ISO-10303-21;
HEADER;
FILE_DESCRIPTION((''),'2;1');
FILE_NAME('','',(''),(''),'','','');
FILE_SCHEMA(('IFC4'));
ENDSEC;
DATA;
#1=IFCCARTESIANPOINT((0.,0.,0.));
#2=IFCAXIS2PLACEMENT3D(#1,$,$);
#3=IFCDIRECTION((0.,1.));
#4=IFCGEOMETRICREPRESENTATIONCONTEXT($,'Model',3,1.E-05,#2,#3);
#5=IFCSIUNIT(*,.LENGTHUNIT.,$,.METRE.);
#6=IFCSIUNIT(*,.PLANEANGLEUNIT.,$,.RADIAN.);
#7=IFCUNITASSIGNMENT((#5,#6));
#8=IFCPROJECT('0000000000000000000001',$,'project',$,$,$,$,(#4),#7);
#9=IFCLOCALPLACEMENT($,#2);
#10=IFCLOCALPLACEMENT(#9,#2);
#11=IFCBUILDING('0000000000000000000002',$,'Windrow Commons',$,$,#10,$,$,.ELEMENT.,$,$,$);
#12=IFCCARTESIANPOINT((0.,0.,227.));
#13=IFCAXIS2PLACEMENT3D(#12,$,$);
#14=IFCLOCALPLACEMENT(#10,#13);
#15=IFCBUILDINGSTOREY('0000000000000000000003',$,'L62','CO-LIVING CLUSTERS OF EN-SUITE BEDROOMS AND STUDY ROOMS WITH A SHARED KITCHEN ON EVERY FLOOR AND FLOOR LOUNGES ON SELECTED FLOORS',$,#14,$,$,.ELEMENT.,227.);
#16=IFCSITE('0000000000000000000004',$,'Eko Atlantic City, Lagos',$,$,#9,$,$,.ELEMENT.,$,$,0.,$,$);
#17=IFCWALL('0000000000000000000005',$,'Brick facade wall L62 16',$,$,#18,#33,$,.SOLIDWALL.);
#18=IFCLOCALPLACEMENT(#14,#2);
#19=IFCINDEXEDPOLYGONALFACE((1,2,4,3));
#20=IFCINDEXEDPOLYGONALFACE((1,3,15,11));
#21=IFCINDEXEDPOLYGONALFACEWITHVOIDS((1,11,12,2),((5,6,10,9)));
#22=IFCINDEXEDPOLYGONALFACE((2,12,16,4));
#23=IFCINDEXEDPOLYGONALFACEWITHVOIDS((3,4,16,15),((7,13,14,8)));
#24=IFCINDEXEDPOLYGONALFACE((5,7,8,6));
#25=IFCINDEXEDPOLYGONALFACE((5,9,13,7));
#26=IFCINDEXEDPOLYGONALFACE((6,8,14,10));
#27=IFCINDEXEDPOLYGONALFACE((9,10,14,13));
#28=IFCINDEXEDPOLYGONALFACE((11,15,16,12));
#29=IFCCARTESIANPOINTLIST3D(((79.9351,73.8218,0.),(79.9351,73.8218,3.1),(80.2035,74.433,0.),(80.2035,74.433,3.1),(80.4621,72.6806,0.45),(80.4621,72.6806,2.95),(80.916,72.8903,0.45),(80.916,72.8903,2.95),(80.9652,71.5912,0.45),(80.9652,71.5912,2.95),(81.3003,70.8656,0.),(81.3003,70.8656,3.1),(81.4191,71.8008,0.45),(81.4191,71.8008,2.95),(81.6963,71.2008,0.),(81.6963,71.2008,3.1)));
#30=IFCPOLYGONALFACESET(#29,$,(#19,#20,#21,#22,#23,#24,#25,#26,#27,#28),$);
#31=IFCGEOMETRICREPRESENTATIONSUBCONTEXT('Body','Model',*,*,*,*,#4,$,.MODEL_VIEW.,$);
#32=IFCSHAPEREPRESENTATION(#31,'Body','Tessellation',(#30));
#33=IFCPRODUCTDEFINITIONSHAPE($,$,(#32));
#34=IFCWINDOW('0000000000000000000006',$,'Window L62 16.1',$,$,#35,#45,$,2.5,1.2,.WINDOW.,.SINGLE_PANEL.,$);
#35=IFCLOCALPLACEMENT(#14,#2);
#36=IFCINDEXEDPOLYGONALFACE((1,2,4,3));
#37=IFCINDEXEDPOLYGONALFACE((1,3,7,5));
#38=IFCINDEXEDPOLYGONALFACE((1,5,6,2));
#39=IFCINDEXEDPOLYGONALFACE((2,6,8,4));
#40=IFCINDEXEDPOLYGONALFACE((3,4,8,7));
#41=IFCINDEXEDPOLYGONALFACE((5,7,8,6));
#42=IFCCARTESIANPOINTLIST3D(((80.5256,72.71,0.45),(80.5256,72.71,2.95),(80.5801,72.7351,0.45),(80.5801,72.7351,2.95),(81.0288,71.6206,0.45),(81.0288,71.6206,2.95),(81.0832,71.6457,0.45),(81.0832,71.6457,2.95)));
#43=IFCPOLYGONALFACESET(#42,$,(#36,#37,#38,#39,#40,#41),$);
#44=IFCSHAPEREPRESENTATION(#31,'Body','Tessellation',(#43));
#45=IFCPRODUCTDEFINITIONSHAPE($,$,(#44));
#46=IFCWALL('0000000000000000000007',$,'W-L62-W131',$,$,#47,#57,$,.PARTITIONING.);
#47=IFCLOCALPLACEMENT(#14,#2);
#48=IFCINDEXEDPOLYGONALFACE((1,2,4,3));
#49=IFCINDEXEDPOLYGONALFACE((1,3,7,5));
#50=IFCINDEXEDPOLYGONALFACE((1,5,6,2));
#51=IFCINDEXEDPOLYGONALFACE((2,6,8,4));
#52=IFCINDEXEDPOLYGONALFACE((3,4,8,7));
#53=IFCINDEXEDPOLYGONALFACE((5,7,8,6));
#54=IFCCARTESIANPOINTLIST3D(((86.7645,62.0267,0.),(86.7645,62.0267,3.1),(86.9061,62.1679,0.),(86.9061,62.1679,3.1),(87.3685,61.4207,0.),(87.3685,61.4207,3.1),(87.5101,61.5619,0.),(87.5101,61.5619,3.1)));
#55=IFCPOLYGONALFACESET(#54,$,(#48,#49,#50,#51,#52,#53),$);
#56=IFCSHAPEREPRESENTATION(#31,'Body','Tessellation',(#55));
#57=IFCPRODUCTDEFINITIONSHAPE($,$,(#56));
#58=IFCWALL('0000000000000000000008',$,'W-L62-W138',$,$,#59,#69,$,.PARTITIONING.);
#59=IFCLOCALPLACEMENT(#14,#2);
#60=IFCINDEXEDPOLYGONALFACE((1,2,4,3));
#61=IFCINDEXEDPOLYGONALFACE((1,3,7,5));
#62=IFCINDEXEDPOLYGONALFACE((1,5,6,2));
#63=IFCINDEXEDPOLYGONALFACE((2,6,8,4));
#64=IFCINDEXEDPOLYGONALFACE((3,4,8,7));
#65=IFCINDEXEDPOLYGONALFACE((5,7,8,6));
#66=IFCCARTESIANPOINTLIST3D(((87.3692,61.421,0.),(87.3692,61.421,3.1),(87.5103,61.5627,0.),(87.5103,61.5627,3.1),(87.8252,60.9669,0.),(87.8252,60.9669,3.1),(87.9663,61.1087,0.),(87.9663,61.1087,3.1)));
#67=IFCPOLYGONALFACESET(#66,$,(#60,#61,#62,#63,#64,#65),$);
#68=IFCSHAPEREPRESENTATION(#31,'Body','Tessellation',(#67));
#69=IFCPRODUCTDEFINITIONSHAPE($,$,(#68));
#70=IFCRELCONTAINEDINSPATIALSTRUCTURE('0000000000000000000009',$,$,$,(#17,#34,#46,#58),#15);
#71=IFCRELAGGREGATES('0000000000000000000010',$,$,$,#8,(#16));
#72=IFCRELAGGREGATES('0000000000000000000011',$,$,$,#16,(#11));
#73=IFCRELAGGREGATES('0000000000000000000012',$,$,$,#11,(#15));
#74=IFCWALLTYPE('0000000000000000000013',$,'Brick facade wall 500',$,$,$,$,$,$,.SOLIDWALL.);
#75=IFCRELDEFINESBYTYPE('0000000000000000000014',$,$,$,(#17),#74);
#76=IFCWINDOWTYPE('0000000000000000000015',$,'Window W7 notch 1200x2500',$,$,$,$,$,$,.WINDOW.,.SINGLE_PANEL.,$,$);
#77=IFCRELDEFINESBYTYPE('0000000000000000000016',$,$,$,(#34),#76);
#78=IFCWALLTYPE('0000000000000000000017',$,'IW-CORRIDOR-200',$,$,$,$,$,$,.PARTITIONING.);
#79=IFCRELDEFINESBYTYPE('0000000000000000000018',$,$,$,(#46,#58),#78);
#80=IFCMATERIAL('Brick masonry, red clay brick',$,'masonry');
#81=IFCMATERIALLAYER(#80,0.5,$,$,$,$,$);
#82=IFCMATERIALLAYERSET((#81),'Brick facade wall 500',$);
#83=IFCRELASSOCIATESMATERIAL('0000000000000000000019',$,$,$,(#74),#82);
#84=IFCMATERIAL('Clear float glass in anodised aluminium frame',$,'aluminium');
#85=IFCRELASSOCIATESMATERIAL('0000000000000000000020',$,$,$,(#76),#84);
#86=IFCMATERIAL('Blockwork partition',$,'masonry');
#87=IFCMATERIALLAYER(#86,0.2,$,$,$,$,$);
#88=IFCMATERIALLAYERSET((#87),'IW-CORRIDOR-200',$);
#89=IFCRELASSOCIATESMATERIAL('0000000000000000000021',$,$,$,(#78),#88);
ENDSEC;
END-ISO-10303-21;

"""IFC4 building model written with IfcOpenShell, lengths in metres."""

from ifc_helpers import new_model, si_unit, direction, frame, frame_2d, origin, place, context, subcontext, project, spatial, polyline, rectangle, outline, extrude, material, layer, layer_set, type_object, element, fill, save


model = new_model("IFC4")

# Units and contexts
model_context = context("Model", 3, precision=1e-05, world=origin(), true_north=direction((0.0, 1.0)))
body_context = subcontext(model_context, "Body", "Model", "MODEL_VIEW")
ifc_project = project(units=[si_unit("LENGTHUNIT", "METRE"), si_unit("PLANEANGLEUNIT", "RADIAN")], contexts=[model_context])

# Site, building, storey
site_placement = place(None, origin())
site = spatial("IfcSite", under=ifc_project, at=site_placement, Name="Eko Atlantic City, Lagos", CompositionType="ELEMENT", RefElevation=0.0)
building_placement = place(site_placement, origin())
building = spatial("IfcBuilding", under=site, at=building_placement, Name="Windrow Commons", CompositionType="ELEMENT")
storey_placement = place(building_placement, frame((0.0, 0.0, 227.0)))
storey = spatial("IfcBuildingStorey", under=building, at=storey_placement, Name="L62", Description="CO-LIVING CLUSTERS OF EN-SUITE BEDROOMS AND STUDY ROOMS WITH A SHARED KITCHEN ON EVERY FLOOR AND FLOOR LOUNGES ON SELECTED FLOORS", CompositionType="ELEMENT", Elevation=227.0)

# Wall, opening, window
ifc_material_1 = material(Name="Brick masonry, red clay brick", Category="masonry")
ifc_layer_1 = layer(ifc_material_1, 0.5)
ifc_layer_set_1 = layer_set([ifc_layer_1], Name="Brick facade wall 500")
wall_type_1 = type_object("IfcWallType", Name="Brick facade wall 500", PredefinedType="SOLIDWALL", material=ifc_layer_set_1)
ifc_material_2 = material(Name="Clear float glass in anodised aluminium frame", Category="aluminium")
window_type = type_object("IfcWindowType", Name="Window W7 notch 1200x2500", PartitioningType="SINGLE_PANEL", PredefinedType="WINDOW", material=ifc_material_2)
wall_1_placement = place(storey_placement, frame((81.4983, 71.0332, 0.0), z_axis=(0.0, 0.0, 1.0), x_axis=(-0.419278, 0.907858, 0.0)))
wall_1 = element("IfcWall", 1, at=wall_1_placement, inside=storey, type_object=wall_type_1, Name="Brick facade wall L62 16", PredefinedType="SOLIDWALL", context=body_context, shape_type="SweptSolid", body=[
    extrude(outline(polyline([(0.0691, -0.25), (3.6294, -0.25), (3.1871, 0.25), (-0.0691, 0.25), (0.0691, -0.25)])), origin(), (0.0, 0.0, 1.0), 3.1),
])
opening_1_placement = place(wall_1_placement, frame((0.7301, 0.0, 0.45)))
opening_1 = element("IfcOpeningElement", 2, at=opening_1_placement, cuts=wall_1, PredefinedType="OPENING", context=body_context, shape_type="SweptSolid", body=[
    extrude(rectangle(XDim=1.2, YDim=2.5, at=frame_2d((0.6, 1.25))), frame((0.0, 0.26, 0.0), z_axis=(0.0, -1.0, 0.0), x_axis=(1.0, 0.0, 0.0)), (0.0, 0.0, 1.0), 0.52),
])
window_1_placement = place(opening_1_placement, origin())
window_1 = element("IfcWindow", 3, at=window_1_placement, inside=storey, type_object=window_type, Name="Window L62 16.1", OverallHeight=2.5, OverallWidth=1.2, PartitioningType="SINGLE_PANEL", PredefinedType="WINDOW", context=body_context, shape_type="SweptSolid", body=[
    extrude(rectangle(XDim=1.2, YDim=2.5, at=frame_2d((0.6, 1.25))), frame((0.0, 0.18, 0.0), z_axis=(0.0, -1.0, 0.0), x_axis=(1.0, 0.0, 0.0)), (0.0, 0.0, 1.0), 0.06),
])
fill(opening_1, window_1)

# Walls
ifc_material_3 = material(Name="Blockwork partition", Category="masonry")
ifc_layer_2 = layer(ifc_material_3, 0.2)
ifc_layer_set_2 = layer_set([ifc_layer_2], Name="IW-CORRIDOR-200")
wall_type_2 = type_object("IfcWallType", Name="IW-CORRIDOR-200", PredefinedType="PARTITIONING", material=ifc_layer_set_2)
wall_2_placement = place(storey_placement, frame((86.8353, 62.0973, 0.0), z_axis=(0.0, 0.0, 1.0), x_axis=(0.705937, -0.708275, 0.0)))
element("IfcWall", 4, at=wall_2_placement, inside=storey, type_object=wall_type_2, Name="W-L62-W131", PredefinedType="PARTITIONING", context=body_context, shape_type="SweptSolid", body=[
    extrude(rectangle(XDim=0.8556, YDim=0.2, at=frame_2d((0.4278, 0.0))), origin(), (0.0, 0.0, 1.0), 3.1),
])
wall_3_placement = place(storey_placement, frame((87.4398, 61.4918, 0.0), z_axis=(0.0, 0.0, 1.0), x_axis=(0.708659, -0.705551, 0.0)))
element("IfcWall", 5, at=wall_3_placement, inside=storey, type_object=wall_type_2, Name="W-L62-W138", PredefinedType="PARTITIONING", context=body_context, shape_type="SweptSolid", body=[
    extrude(rectangle(XDim=0.6435, YDim=0.2, at=frame_2d((0.3217, 0.0))), origin(), (0.0, 0.0, 1.0), 3.1),
])

save(model, "model.ifc")
